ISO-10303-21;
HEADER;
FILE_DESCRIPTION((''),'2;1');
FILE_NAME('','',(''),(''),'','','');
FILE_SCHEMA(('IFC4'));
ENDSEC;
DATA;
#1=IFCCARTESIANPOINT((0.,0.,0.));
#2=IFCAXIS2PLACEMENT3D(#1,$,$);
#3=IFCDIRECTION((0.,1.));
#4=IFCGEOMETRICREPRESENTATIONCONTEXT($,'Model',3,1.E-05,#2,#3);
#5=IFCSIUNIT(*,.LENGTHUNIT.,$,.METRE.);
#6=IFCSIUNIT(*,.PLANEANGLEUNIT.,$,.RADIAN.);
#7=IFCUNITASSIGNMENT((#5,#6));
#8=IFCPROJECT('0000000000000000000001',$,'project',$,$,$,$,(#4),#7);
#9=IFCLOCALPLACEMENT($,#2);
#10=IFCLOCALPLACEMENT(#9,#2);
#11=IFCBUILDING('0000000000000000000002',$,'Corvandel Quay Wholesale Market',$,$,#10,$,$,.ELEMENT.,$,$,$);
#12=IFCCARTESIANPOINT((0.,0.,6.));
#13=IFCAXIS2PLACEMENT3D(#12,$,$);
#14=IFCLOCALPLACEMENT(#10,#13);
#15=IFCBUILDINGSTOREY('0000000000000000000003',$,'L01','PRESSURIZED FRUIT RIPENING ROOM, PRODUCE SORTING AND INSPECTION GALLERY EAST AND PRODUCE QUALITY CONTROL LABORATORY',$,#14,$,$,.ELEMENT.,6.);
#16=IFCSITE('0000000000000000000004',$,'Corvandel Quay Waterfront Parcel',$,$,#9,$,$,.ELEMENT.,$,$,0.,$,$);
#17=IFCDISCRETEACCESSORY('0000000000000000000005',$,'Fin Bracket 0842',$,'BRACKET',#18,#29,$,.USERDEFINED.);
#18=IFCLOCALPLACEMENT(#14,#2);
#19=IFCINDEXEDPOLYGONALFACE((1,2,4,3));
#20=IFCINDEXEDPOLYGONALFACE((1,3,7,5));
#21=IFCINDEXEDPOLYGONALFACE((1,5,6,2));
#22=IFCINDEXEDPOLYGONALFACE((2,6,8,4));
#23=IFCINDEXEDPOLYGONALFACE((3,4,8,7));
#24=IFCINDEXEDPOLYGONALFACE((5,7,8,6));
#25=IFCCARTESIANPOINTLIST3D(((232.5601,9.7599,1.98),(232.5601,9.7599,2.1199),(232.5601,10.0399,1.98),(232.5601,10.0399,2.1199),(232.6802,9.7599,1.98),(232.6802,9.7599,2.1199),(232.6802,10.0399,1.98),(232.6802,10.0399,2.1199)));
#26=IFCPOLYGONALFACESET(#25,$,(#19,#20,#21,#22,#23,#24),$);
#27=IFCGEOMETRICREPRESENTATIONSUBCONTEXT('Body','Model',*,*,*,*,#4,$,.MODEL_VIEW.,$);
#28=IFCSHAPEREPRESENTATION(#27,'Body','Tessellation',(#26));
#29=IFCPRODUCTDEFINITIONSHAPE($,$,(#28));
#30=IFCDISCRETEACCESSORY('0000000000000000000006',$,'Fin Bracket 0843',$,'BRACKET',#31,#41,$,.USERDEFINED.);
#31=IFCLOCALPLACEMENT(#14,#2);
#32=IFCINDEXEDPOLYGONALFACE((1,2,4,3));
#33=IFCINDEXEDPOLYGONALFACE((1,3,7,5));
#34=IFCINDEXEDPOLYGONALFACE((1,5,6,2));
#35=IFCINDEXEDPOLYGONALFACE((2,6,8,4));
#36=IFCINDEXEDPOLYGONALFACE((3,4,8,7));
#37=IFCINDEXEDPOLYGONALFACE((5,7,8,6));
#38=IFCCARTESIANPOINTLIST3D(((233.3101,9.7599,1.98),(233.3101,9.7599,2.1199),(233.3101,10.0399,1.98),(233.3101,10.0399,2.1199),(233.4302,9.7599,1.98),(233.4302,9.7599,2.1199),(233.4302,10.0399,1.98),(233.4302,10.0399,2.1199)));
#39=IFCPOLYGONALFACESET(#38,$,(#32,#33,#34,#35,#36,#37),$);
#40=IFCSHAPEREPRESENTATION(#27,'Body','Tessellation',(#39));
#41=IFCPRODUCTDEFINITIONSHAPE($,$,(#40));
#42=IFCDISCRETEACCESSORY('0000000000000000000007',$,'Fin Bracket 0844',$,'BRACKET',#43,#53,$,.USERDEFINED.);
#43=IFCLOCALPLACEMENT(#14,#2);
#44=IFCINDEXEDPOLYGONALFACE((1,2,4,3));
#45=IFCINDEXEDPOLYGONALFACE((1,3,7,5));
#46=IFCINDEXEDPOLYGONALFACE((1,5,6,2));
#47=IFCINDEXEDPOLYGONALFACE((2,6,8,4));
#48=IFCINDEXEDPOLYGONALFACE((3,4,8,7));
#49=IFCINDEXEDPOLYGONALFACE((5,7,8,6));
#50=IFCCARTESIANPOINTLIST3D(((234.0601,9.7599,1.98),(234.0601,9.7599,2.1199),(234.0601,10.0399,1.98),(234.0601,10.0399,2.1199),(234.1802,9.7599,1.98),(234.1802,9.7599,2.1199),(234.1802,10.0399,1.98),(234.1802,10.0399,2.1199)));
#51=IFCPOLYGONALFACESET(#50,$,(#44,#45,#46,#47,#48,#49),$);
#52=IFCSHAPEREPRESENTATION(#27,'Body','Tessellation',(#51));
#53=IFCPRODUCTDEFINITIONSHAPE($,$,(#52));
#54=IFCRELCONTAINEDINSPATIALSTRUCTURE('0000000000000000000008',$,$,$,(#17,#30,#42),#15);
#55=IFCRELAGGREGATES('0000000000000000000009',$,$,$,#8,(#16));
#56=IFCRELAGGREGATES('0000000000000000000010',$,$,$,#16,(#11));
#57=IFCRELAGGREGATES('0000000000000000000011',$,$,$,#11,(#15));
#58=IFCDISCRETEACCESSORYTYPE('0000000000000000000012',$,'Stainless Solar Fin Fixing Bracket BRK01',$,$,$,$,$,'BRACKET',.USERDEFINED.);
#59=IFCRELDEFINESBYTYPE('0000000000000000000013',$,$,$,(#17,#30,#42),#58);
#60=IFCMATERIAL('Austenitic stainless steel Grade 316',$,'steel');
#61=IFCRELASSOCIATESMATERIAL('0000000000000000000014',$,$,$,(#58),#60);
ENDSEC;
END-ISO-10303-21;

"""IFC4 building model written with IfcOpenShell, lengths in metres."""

from ifc_helpers import new_model, si_unit, direction, frame, origin, origin_2d, place, context, subcontext, project, spatial, rectangle, extrude, material, type_object, element, save


model = new_model("IFC4")

# Units and contexts
model_context = context("Model", 3, precision=1e-05, world=origin(), true_north=direction((0.0, 1.0)))
body_context = subcontext(model_context, "Body", "Model", "MODEL_VIEW")
ifc_project = project(units=[si_unit("LENGTHUNIT", "METRE"), si_unit("PLANEANGLEUNIT", "RADIAN")], contexts=[model_context])

# Site, building, storey
site_placement = place(None, origin())
site = spatial("IfcSite", under=ifc_project, at=site_placement, Name="Corvandel Quay Waterfront Parcel", CompositionType="ELEMENT", RefElevation=0.0)
building_placement = place(site_placement, origin())
building = spatial("IfcBuilding", under=site, at=building_placement, Name="Corvandel Quay Wholesale Market", CompositionType="ELEMENT")
storey_placement = place(building_placement, frame((0.0, 0.0, 6.0)))
storey = spatial("IfcBuildingStorey", under=building, at=storey_placement, Name="L01", Description="PRESSURIZED FRUIT RIPENING ROOM, PRODUCE SORTING AND INSPECTION GALLERY EAST AND PRODUCE QUALITY CONTROL LABORATORY", CompositionType="ELEMENT", Elevation=6.0)

# Discrete accessories
ifc_material_1 = material(Name="Austenitic stainless steel Grade 316", Category="steel")
discrete_accessory_type = type_object("IfcDiscreteAccessoryType", Name="Stainless Solar Fin Fixing Bracket BRK01", ElementType="BRACKET", PredefinedType="USERDEFINED", material=ifc_material_1)
for number, where, z_axis, x_axis, name in (
    (1, (232.6201, 9.8999, 1.98), (0.0, 0.0, 1.0), (0.0, 1.0, 0.0), "Fin Bracket 0842"),
    (2, (233.3701, 9.8999, 1.98), (0.0, 0.0, 1.0), (0.0, 1.0, 0.0), "Fin Bracket 0843"),
    (3, (234.1201, 9.8999, 1.98), (0.0, 0.0, 1.0), (0.0, 1.0, 0.0), "Fin Bracket 0844"),
):
    element("IfcDiscreteAccessory", number, at=place(storey_placement, frame(where, z_axis=z_axis, x_axis=x_axis)), inside=storey, type_object=discrete_accessory_type, Name=name, ObjectType="BRACKET", PredefinedType="USERDEFINED", context=body_context, shape_type="SweptSolid", body=[
        extrude(rectangle(XDim=0.28, YDim=0.1201, at=origin_2d()), origin(), (0.0, 0.0, 1.0), 0.1399),
    ])

save(model, "model.ifc")
